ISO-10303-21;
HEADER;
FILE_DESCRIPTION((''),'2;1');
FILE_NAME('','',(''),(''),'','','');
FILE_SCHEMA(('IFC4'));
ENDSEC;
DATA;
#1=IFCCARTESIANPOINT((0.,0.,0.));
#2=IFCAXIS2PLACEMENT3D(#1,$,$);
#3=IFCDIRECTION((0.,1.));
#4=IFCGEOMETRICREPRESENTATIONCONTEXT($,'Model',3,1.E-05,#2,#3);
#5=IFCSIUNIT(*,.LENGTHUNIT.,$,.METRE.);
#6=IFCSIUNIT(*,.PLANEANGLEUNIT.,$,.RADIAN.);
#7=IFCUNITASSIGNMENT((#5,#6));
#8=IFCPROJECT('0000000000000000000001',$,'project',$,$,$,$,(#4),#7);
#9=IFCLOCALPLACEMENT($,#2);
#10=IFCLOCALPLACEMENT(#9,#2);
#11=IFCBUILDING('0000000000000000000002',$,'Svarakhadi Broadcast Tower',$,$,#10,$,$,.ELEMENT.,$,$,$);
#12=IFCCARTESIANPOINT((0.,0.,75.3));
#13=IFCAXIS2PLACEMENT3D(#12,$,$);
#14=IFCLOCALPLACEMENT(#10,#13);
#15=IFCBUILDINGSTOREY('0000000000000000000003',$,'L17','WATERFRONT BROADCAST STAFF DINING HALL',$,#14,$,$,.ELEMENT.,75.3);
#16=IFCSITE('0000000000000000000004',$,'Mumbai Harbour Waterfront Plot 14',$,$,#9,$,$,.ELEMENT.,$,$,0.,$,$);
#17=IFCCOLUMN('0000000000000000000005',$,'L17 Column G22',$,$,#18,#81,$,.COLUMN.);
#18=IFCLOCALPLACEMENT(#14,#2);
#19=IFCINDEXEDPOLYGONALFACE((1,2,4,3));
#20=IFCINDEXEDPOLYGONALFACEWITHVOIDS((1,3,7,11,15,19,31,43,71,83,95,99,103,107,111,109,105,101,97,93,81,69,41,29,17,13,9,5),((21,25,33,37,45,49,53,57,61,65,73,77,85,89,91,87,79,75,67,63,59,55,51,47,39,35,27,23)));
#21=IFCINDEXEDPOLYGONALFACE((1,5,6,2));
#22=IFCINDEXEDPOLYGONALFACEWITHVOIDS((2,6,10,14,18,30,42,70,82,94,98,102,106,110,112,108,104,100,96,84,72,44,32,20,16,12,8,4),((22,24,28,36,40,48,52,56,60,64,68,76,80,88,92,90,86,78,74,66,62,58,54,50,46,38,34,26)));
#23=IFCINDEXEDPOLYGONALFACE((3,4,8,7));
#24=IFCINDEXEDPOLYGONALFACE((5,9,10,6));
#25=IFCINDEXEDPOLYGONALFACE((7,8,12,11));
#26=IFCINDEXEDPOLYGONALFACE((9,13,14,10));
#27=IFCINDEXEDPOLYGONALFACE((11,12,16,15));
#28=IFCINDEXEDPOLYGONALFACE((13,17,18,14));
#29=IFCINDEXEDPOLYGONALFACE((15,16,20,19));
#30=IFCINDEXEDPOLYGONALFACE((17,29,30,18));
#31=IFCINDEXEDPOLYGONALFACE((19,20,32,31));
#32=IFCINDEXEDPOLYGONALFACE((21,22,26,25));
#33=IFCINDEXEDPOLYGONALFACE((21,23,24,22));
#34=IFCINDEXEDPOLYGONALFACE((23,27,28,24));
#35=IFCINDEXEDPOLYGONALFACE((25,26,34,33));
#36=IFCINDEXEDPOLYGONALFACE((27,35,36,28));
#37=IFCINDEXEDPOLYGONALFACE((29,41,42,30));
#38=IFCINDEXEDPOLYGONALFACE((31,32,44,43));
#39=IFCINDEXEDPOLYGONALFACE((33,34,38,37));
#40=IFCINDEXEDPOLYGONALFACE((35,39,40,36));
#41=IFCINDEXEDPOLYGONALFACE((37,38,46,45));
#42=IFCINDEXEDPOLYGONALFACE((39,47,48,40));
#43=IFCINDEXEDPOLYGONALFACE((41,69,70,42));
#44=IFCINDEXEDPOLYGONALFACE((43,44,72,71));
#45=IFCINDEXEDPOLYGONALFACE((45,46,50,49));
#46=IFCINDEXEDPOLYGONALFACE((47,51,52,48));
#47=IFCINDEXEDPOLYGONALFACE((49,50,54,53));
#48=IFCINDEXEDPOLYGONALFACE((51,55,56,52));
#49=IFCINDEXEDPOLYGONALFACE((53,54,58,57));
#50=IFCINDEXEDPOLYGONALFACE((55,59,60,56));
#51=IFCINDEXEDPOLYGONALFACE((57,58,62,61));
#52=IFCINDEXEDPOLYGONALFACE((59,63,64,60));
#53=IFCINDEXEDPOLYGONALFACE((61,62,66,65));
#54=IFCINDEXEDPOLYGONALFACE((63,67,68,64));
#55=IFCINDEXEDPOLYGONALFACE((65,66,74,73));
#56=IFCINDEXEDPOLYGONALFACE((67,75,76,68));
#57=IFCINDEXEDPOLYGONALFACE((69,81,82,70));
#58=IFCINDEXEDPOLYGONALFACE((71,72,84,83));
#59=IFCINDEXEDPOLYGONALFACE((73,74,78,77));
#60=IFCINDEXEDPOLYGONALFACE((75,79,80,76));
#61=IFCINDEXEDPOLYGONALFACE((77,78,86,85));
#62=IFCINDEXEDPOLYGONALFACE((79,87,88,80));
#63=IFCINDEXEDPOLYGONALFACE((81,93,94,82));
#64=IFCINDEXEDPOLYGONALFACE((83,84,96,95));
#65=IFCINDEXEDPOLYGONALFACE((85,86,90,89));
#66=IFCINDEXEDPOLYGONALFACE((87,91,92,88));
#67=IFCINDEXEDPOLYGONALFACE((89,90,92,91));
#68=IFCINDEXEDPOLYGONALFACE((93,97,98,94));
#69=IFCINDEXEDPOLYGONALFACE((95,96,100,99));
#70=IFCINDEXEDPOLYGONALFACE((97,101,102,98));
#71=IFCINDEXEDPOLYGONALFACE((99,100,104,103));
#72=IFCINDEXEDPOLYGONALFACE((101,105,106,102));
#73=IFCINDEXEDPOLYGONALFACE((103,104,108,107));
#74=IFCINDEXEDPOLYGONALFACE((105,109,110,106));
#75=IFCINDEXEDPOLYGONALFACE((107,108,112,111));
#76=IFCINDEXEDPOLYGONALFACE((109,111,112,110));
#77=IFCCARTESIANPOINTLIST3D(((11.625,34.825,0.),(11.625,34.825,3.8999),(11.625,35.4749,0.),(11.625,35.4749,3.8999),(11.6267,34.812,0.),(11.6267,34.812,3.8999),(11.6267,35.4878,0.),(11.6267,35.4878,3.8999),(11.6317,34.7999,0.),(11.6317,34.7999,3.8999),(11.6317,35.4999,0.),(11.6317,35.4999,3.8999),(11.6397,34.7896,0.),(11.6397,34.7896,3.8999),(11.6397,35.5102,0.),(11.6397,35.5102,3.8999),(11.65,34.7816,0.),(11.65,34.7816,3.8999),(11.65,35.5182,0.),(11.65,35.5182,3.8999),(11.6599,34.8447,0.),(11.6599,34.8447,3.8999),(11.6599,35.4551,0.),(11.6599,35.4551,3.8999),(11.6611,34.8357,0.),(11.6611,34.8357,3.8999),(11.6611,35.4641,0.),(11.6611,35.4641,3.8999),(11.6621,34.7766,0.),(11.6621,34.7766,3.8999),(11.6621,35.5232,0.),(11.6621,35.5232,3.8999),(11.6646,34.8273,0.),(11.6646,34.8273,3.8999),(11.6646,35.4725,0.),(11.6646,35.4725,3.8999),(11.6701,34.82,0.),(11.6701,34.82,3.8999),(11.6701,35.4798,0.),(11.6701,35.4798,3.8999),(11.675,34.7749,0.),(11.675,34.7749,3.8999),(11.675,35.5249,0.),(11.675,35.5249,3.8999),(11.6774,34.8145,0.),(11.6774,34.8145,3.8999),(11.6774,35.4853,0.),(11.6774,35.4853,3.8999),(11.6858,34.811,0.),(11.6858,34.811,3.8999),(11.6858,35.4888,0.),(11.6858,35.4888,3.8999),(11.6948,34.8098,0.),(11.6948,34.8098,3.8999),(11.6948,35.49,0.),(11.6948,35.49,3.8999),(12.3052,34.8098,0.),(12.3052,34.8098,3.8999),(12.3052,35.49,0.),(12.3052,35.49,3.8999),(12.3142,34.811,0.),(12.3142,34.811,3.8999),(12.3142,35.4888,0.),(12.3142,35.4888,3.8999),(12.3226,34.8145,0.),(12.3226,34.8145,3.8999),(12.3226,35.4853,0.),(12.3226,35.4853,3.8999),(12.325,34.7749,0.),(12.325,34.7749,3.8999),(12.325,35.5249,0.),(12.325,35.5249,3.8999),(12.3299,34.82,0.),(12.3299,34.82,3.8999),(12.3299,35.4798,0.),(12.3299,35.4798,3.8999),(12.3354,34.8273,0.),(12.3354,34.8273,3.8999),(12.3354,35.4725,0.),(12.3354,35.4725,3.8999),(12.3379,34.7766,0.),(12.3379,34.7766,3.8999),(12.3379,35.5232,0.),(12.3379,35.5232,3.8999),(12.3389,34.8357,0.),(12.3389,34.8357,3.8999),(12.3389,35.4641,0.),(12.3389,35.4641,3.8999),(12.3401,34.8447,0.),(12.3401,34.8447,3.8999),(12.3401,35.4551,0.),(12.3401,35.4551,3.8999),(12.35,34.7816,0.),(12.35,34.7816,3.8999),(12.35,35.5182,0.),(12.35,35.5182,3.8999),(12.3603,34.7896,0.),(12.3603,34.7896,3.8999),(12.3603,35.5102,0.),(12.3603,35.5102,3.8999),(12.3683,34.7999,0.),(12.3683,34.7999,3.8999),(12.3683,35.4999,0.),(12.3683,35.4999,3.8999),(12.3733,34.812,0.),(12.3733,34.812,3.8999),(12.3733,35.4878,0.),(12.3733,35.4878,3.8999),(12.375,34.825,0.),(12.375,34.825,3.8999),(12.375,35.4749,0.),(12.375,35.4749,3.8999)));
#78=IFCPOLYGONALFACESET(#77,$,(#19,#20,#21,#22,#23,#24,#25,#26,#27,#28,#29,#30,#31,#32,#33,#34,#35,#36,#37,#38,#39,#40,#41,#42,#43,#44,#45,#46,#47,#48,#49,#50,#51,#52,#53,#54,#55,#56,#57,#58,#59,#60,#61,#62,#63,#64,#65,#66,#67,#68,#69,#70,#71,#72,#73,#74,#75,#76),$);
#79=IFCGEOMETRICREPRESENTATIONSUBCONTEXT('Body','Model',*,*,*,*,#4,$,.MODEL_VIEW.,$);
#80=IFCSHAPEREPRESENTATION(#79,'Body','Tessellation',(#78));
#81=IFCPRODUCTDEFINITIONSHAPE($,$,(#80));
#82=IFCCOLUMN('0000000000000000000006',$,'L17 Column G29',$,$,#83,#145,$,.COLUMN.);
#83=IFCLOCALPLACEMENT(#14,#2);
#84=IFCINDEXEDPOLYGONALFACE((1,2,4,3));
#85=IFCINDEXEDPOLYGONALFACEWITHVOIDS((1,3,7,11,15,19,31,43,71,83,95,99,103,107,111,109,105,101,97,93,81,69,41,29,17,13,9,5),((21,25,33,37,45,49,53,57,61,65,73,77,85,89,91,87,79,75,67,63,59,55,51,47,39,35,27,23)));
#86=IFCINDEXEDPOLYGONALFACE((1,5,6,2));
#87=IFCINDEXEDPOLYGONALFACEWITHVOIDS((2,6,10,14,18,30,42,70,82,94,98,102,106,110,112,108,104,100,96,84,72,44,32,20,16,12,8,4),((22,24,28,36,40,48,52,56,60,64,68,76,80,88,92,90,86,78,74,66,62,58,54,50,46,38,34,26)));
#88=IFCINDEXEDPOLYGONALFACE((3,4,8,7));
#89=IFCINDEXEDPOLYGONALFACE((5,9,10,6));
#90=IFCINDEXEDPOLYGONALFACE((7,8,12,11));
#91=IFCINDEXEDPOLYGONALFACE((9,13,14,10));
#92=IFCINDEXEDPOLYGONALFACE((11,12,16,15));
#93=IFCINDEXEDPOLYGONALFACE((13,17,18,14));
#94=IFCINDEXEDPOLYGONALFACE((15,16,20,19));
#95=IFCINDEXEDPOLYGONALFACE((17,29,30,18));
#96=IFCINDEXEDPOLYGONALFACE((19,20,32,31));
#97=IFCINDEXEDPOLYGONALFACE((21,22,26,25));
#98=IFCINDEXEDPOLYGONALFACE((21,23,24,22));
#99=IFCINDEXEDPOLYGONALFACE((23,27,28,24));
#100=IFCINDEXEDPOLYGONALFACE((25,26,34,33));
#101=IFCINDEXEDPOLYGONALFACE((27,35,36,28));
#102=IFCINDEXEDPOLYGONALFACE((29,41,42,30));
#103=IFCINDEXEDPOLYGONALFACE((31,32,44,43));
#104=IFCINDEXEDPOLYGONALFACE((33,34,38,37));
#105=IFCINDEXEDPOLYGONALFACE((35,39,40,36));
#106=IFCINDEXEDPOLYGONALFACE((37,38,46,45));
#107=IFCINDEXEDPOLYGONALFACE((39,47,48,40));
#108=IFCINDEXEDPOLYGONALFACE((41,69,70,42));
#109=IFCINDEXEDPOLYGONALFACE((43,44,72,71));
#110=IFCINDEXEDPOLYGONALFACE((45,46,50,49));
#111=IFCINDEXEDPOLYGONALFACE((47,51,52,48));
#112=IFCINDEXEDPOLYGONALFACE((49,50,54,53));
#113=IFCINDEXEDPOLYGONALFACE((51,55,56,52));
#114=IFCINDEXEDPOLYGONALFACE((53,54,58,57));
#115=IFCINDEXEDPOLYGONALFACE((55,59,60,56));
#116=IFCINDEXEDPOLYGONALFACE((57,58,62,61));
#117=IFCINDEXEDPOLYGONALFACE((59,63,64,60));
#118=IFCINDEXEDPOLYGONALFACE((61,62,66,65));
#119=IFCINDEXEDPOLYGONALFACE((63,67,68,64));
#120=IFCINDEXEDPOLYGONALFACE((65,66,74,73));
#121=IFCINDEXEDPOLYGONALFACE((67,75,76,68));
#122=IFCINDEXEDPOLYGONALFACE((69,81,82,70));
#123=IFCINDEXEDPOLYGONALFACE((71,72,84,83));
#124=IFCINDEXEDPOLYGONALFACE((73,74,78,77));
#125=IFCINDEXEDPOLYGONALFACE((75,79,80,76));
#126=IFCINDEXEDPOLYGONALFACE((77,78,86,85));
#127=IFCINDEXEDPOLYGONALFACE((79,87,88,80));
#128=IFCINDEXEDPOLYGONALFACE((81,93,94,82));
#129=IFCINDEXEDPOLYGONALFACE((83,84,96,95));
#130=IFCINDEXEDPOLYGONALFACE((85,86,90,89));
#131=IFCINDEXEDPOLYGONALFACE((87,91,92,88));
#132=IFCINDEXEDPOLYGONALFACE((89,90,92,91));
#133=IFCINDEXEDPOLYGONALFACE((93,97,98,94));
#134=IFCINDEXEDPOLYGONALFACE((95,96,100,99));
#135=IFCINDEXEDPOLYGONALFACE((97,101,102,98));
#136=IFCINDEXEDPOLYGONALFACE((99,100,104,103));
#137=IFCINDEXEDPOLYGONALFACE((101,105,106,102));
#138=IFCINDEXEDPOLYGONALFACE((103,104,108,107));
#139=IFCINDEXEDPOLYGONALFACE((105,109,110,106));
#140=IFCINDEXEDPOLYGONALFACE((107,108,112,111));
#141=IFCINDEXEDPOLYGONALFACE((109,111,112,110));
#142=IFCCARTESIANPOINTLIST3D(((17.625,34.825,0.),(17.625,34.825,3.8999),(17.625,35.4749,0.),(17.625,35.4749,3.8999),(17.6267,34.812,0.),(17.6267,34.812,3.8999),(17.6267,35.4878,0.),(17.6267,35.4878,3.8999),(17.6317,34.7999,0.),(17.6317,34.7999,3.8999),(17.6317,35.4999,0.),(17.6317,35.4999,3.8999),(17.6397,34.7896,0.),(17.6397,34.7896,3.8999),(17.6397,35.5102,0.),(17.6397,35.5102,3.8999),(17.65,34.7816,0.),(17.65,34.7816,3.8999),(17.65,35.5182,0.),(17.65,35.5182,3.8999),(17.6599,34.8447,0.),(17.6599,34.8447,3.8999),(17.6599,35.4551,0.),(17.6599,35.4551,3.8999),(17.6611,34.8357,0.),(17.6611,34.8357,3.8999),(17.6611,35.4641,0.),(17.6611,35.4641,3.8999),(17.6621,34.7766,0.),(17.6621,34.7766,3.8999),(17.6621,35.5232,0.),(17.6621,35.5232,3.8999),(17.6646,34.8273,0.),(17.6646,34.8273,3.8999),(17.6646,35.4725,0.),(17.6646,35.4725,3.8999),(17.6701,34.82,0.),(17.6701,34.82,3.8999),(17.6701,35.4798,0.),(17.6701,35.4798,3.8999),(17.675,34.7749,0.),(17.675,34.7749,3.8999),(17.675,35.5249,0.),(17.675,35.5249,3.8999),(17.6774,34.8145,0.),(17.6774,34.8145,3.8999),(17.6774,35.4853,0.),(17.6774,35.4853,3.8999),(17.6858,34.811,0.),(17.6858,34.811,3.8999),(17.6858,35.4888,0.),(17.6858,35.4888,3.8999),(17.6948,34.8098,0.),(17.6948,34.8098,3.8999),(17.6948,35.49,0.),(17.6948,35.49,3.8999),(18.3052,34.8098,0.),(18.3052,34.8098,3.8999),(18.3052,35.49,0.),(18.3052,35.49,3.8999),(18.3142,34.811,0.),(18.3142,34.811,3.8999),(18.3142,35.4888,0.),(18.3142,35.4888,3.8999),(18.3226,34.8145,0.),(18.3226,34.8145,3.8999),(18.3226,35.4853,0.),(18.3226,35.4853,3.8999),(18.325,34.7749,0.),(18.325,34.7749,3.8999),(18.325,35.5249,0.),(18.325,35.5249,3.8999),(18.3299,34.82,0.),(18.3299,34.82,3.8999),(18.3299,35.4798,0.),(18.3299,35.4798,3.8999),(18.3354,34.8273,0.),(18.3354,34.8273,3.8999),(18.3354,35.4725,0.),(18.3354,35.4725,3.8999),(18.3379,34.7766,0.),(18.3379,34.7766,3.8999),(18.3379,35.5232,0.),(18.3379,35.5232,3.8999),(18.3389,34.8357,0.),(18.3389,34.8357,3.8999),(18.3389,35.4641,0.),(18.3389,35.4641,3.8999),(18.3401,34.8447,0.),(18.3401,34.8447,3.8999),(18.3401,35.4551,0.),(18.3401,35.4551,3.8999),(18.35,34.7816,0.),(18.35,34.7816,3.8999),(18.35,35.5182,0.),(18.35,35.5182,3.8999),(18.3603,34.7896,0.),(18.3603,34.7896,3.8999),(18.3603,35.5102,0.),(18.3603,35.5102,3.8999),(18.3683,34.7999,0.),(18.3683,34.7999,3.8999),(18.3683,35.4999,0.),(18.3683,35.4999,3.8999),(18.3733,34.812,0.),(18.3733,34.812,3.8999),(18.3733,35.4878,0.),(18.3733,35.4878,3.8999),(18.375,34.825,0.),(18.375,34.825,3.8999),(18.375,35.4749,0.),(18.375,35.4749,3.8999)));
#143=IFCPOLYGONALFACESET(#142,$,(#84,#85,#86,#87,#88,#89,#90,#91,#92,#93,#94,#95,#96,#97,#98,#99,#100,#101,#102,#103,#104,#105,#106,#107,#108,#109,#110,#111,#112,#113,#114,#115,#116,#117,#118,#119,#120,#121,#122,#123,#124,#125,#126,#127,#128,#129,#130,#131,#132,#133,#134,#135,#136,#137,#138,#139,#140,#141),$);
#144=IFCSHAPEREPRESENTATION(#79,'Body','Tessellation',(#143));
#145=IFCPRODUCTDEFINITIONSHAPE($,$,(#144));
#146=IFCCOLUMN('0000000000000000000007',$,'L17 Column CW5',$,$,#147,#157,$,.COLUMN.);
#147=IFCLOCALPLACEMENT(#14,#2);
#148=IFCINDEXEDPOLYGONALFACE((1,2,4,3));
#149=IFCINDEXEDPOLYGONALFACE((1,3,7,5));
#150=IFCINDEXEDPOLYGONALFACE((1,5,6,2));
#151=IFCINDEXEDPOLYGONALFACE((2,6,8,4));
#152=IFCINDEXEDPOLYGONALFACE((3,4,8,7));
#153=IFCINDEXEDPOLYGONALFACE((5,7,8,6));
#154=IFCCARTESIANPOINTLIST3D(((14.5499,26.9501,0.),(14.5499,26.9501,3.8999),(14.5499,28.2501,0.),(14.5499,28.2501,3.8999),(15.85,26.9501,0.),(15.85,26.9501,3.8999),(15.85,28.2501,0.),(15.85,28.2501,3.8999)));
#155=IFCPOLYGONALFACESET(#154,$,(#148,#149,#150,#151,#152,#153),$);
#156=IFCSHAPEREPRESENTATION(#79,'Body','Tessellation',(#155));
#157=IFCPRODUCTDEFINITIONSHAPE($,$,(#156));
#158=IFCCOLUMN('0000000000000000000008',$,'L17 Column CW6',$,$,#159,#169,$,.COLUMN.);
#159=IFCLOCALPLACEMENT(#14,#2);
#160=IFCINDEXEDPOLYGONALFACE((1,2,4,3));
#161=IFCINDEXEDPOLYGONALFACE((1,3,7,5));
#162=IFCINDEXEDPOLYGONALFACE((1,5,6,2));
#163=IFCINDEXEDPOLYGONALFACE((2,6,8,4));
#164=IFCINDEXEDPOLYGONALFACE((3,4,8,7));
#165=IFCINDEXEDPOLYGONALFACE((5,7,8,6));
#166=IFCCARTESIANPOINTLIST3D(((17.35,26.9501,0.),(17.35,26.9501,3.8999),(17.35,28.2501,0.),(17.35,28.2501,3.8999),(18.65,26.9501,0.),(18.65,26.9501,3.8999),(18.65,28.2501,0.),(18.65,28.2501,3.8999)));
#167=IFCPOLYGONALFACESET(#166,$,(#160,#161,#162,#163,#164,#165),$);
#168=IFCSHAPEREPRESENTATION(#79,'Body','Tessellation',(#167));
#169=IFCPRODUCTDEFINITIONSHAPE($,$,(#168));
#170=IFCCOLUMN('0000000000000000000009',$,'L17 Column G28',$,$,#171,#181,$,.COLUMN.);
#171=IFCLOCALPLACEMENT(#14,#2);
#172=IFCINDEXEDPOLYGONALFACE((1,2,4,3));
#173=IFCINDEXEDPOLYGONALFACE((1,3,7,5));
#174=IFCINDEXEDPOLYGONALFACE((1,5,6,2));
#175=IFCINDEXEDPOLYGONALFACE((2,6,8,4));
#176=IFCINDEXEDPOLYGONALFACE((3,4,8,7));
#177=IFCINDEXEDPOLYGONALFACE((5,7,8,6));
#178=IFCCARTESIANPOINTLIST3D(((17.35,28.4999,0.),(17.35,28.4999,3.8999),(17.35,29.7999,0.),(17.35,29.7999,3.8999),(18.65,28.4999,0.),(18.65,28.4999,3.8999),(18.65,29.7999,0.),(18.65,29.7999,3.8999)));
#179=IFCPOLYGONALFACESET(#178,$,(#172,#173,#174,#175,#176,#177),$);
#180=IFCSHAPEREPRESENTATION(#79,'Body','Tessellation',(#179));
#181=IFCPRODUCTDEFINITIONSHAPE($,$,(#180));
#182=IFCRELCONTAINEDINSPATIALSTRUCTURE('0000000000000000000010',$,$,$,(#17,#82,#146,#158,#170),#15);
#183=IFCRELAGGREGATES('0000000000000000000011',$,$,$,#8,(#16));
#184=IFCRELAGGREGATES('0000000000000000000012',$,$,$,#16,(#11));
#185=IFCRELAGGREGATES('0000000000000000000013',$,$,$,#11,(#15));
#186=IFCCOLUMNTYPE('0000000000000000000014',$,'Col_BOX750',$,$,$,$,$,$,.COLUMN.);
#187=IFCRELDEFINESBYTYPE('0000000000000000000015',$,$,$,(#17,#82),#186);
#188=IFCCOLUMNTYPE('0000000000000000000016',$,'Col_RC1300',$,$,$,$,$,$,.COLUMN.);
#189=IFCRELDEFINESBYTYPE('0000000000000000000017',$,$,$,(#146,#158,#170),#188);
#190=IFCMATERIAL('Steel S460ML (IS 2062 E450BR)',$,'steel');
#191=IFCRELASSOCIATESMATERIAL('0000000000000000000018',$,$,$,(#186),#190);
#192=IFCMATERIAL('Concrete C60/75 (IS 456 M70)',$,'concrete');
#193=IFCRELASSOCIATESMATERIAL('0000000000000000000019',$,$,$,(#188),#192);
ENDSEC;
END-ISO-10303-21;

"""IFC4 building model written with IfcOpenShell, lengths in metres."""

from ifc_helpers import new_model, si_unit, direction, frame, origin, origin_2d, place, context, subcontext, project, spatial, rectangle, hollow_rectangle, extrude, material, material_profile, profile_set, type_object, element, save


model = new_model("IFC4")

# Units and contexts
model_context = context("Model", 3, precision=1e-05, world=origin(), true_north=direction((0.0, 1.0)))
body_context = subcontext(model_context, "Body", "Model", "MODEL_VIEW")
ifc_project = project(units=[si_unit("LENGTHUNIT", "METRE"), si_unit("PLANEANGLEUNIT", "RADIAN")], contexts=[model_context])

# Site, building, storey
site_placement = place(None, origin())
site = spatial("IfcSite", under=ifc_project, at=site_placement, Name="Mumbai Harbour Waterfront Plot 14", CompositionType="ELEMENT", RefElevation=0.0)
building_placement = place(site_placement, origin())
building = spatial("IfcBuilding", under=site, at=building_placement, Name="Svarakhadi Broadcast Tower", CompositionType="ELEMENT")
storey_placement = place(building_placement, frame((0.0, 0.0, 75.3)))
storey = spatial("IfcBuildingStorey", under=building, at=storey_placement, Name="L17", Description="WATERFRONT BROADCAST STAFF DINING HALL", CompositionType="ELEMENT", Elevation=75.3)

# Columns
ifc_material_1 = material(Name="Steel S460ML (IS 2062 E450BR)", Category="steel")
ifc_material_profile_1 = material_profile(ifc_material_1, hollow_rectangle(XDim=0.75, YDim=0.75, WallThickness=0.0349, InnerFilletRadius=0.0349, OuterFilletRadius=0.05, at=origin_2d()), Name="BOX 750x750x35")
ifc_profile_set_1 = profile_set([ifc_material_profile_1], Name="Steel S460ML (IS 2062 E450BR)")
column_type_1 = type_object("IfcColumnType", Name="Col_BOX750", PredefinedType="COLUMN", material=ifc_profile_set_1)
for number, where, z_axis, x_axis, name in (
    (1, (12.0, 35.1499, 0.0), (0.0, 0.0, 1.0), (1.0, 0.0, 0.0), "L17 Column G22"),
    (2, (18.0, 35.1499, 0.0), (0.0, 0.0, 1.0), (1.0, 0.0, 0.0), "L17 Column G29"),
):
    element("IfcColumn", number, at=place(storey_placement, frame(where, z_axis=z_axis, x_axis=x_axis)), inside=storey, type_object=column_type_1, Name=name, PredefinedType="COLUMN", context=body_context, shape_type="SweptSolid", body=[
        extrude(hollow_rectangle(XDim=0.75, YDim=0.75, WallThickness=0.0349, InnerFilletRadius=0.0349, OuterFilletRadius=0.05, at=origin_2d()), origin(), (0.0, 0.0, 1.0), 3.8999),
    ])
ifc_material_2 = material(Name="Concrete C60/75 (IS 456 M70)", Category="concrete")
ifc_material_profile_2 = material_profile(ifc_material_2, rectangle(XDim=1.3, YDim=1.3, at=origin_2d()), Name="RC 1300x1300")
ifc_profile_set_2 = profile_set([ifc_material_profile_2], Name="Concrete C60/75 (IS 456 M70)")
column_type_2 = type_object("IfcColumnType", Name="Col_RC1300", PredefinedType="COLUMN", material=ifc_profile_set_2)
for number, where, z_axis, x_axis, name in (
    (3, (15.2, 27.6001, 0.0), (0.0, 0.0, 1.0), (1.0, 0.0, 0.0), "L17 Column CW5"),
    (4, (18.0, 27.6001, 0.0), (0.0, 0.0, 1.0), (1.0, 0.0, 0.0), "L17 Column CW6"),
    (5, (18.0, 29.1499, 0.0), (0.0, 0.0, 1.0), (1.0, 0.0, 0.0), "L17 Column G28"),
):
    element("IfcColumn", number, at=place(storey_placement, frame(where, z_axis=z_axis, x_axis=x_axis)), inside=storey, type_object=column_type_2, Name=name, PredefinedType="COLUMN", context=body_context, shape_type="SweptSolid", body=[
        extrude(rectangle(XDim=1.3, YDim=1.3, at=origin_2d()), origin(), (0.0, 0.0, 1.0), 3.8999),
    ])

save(model, "model.ifc")
